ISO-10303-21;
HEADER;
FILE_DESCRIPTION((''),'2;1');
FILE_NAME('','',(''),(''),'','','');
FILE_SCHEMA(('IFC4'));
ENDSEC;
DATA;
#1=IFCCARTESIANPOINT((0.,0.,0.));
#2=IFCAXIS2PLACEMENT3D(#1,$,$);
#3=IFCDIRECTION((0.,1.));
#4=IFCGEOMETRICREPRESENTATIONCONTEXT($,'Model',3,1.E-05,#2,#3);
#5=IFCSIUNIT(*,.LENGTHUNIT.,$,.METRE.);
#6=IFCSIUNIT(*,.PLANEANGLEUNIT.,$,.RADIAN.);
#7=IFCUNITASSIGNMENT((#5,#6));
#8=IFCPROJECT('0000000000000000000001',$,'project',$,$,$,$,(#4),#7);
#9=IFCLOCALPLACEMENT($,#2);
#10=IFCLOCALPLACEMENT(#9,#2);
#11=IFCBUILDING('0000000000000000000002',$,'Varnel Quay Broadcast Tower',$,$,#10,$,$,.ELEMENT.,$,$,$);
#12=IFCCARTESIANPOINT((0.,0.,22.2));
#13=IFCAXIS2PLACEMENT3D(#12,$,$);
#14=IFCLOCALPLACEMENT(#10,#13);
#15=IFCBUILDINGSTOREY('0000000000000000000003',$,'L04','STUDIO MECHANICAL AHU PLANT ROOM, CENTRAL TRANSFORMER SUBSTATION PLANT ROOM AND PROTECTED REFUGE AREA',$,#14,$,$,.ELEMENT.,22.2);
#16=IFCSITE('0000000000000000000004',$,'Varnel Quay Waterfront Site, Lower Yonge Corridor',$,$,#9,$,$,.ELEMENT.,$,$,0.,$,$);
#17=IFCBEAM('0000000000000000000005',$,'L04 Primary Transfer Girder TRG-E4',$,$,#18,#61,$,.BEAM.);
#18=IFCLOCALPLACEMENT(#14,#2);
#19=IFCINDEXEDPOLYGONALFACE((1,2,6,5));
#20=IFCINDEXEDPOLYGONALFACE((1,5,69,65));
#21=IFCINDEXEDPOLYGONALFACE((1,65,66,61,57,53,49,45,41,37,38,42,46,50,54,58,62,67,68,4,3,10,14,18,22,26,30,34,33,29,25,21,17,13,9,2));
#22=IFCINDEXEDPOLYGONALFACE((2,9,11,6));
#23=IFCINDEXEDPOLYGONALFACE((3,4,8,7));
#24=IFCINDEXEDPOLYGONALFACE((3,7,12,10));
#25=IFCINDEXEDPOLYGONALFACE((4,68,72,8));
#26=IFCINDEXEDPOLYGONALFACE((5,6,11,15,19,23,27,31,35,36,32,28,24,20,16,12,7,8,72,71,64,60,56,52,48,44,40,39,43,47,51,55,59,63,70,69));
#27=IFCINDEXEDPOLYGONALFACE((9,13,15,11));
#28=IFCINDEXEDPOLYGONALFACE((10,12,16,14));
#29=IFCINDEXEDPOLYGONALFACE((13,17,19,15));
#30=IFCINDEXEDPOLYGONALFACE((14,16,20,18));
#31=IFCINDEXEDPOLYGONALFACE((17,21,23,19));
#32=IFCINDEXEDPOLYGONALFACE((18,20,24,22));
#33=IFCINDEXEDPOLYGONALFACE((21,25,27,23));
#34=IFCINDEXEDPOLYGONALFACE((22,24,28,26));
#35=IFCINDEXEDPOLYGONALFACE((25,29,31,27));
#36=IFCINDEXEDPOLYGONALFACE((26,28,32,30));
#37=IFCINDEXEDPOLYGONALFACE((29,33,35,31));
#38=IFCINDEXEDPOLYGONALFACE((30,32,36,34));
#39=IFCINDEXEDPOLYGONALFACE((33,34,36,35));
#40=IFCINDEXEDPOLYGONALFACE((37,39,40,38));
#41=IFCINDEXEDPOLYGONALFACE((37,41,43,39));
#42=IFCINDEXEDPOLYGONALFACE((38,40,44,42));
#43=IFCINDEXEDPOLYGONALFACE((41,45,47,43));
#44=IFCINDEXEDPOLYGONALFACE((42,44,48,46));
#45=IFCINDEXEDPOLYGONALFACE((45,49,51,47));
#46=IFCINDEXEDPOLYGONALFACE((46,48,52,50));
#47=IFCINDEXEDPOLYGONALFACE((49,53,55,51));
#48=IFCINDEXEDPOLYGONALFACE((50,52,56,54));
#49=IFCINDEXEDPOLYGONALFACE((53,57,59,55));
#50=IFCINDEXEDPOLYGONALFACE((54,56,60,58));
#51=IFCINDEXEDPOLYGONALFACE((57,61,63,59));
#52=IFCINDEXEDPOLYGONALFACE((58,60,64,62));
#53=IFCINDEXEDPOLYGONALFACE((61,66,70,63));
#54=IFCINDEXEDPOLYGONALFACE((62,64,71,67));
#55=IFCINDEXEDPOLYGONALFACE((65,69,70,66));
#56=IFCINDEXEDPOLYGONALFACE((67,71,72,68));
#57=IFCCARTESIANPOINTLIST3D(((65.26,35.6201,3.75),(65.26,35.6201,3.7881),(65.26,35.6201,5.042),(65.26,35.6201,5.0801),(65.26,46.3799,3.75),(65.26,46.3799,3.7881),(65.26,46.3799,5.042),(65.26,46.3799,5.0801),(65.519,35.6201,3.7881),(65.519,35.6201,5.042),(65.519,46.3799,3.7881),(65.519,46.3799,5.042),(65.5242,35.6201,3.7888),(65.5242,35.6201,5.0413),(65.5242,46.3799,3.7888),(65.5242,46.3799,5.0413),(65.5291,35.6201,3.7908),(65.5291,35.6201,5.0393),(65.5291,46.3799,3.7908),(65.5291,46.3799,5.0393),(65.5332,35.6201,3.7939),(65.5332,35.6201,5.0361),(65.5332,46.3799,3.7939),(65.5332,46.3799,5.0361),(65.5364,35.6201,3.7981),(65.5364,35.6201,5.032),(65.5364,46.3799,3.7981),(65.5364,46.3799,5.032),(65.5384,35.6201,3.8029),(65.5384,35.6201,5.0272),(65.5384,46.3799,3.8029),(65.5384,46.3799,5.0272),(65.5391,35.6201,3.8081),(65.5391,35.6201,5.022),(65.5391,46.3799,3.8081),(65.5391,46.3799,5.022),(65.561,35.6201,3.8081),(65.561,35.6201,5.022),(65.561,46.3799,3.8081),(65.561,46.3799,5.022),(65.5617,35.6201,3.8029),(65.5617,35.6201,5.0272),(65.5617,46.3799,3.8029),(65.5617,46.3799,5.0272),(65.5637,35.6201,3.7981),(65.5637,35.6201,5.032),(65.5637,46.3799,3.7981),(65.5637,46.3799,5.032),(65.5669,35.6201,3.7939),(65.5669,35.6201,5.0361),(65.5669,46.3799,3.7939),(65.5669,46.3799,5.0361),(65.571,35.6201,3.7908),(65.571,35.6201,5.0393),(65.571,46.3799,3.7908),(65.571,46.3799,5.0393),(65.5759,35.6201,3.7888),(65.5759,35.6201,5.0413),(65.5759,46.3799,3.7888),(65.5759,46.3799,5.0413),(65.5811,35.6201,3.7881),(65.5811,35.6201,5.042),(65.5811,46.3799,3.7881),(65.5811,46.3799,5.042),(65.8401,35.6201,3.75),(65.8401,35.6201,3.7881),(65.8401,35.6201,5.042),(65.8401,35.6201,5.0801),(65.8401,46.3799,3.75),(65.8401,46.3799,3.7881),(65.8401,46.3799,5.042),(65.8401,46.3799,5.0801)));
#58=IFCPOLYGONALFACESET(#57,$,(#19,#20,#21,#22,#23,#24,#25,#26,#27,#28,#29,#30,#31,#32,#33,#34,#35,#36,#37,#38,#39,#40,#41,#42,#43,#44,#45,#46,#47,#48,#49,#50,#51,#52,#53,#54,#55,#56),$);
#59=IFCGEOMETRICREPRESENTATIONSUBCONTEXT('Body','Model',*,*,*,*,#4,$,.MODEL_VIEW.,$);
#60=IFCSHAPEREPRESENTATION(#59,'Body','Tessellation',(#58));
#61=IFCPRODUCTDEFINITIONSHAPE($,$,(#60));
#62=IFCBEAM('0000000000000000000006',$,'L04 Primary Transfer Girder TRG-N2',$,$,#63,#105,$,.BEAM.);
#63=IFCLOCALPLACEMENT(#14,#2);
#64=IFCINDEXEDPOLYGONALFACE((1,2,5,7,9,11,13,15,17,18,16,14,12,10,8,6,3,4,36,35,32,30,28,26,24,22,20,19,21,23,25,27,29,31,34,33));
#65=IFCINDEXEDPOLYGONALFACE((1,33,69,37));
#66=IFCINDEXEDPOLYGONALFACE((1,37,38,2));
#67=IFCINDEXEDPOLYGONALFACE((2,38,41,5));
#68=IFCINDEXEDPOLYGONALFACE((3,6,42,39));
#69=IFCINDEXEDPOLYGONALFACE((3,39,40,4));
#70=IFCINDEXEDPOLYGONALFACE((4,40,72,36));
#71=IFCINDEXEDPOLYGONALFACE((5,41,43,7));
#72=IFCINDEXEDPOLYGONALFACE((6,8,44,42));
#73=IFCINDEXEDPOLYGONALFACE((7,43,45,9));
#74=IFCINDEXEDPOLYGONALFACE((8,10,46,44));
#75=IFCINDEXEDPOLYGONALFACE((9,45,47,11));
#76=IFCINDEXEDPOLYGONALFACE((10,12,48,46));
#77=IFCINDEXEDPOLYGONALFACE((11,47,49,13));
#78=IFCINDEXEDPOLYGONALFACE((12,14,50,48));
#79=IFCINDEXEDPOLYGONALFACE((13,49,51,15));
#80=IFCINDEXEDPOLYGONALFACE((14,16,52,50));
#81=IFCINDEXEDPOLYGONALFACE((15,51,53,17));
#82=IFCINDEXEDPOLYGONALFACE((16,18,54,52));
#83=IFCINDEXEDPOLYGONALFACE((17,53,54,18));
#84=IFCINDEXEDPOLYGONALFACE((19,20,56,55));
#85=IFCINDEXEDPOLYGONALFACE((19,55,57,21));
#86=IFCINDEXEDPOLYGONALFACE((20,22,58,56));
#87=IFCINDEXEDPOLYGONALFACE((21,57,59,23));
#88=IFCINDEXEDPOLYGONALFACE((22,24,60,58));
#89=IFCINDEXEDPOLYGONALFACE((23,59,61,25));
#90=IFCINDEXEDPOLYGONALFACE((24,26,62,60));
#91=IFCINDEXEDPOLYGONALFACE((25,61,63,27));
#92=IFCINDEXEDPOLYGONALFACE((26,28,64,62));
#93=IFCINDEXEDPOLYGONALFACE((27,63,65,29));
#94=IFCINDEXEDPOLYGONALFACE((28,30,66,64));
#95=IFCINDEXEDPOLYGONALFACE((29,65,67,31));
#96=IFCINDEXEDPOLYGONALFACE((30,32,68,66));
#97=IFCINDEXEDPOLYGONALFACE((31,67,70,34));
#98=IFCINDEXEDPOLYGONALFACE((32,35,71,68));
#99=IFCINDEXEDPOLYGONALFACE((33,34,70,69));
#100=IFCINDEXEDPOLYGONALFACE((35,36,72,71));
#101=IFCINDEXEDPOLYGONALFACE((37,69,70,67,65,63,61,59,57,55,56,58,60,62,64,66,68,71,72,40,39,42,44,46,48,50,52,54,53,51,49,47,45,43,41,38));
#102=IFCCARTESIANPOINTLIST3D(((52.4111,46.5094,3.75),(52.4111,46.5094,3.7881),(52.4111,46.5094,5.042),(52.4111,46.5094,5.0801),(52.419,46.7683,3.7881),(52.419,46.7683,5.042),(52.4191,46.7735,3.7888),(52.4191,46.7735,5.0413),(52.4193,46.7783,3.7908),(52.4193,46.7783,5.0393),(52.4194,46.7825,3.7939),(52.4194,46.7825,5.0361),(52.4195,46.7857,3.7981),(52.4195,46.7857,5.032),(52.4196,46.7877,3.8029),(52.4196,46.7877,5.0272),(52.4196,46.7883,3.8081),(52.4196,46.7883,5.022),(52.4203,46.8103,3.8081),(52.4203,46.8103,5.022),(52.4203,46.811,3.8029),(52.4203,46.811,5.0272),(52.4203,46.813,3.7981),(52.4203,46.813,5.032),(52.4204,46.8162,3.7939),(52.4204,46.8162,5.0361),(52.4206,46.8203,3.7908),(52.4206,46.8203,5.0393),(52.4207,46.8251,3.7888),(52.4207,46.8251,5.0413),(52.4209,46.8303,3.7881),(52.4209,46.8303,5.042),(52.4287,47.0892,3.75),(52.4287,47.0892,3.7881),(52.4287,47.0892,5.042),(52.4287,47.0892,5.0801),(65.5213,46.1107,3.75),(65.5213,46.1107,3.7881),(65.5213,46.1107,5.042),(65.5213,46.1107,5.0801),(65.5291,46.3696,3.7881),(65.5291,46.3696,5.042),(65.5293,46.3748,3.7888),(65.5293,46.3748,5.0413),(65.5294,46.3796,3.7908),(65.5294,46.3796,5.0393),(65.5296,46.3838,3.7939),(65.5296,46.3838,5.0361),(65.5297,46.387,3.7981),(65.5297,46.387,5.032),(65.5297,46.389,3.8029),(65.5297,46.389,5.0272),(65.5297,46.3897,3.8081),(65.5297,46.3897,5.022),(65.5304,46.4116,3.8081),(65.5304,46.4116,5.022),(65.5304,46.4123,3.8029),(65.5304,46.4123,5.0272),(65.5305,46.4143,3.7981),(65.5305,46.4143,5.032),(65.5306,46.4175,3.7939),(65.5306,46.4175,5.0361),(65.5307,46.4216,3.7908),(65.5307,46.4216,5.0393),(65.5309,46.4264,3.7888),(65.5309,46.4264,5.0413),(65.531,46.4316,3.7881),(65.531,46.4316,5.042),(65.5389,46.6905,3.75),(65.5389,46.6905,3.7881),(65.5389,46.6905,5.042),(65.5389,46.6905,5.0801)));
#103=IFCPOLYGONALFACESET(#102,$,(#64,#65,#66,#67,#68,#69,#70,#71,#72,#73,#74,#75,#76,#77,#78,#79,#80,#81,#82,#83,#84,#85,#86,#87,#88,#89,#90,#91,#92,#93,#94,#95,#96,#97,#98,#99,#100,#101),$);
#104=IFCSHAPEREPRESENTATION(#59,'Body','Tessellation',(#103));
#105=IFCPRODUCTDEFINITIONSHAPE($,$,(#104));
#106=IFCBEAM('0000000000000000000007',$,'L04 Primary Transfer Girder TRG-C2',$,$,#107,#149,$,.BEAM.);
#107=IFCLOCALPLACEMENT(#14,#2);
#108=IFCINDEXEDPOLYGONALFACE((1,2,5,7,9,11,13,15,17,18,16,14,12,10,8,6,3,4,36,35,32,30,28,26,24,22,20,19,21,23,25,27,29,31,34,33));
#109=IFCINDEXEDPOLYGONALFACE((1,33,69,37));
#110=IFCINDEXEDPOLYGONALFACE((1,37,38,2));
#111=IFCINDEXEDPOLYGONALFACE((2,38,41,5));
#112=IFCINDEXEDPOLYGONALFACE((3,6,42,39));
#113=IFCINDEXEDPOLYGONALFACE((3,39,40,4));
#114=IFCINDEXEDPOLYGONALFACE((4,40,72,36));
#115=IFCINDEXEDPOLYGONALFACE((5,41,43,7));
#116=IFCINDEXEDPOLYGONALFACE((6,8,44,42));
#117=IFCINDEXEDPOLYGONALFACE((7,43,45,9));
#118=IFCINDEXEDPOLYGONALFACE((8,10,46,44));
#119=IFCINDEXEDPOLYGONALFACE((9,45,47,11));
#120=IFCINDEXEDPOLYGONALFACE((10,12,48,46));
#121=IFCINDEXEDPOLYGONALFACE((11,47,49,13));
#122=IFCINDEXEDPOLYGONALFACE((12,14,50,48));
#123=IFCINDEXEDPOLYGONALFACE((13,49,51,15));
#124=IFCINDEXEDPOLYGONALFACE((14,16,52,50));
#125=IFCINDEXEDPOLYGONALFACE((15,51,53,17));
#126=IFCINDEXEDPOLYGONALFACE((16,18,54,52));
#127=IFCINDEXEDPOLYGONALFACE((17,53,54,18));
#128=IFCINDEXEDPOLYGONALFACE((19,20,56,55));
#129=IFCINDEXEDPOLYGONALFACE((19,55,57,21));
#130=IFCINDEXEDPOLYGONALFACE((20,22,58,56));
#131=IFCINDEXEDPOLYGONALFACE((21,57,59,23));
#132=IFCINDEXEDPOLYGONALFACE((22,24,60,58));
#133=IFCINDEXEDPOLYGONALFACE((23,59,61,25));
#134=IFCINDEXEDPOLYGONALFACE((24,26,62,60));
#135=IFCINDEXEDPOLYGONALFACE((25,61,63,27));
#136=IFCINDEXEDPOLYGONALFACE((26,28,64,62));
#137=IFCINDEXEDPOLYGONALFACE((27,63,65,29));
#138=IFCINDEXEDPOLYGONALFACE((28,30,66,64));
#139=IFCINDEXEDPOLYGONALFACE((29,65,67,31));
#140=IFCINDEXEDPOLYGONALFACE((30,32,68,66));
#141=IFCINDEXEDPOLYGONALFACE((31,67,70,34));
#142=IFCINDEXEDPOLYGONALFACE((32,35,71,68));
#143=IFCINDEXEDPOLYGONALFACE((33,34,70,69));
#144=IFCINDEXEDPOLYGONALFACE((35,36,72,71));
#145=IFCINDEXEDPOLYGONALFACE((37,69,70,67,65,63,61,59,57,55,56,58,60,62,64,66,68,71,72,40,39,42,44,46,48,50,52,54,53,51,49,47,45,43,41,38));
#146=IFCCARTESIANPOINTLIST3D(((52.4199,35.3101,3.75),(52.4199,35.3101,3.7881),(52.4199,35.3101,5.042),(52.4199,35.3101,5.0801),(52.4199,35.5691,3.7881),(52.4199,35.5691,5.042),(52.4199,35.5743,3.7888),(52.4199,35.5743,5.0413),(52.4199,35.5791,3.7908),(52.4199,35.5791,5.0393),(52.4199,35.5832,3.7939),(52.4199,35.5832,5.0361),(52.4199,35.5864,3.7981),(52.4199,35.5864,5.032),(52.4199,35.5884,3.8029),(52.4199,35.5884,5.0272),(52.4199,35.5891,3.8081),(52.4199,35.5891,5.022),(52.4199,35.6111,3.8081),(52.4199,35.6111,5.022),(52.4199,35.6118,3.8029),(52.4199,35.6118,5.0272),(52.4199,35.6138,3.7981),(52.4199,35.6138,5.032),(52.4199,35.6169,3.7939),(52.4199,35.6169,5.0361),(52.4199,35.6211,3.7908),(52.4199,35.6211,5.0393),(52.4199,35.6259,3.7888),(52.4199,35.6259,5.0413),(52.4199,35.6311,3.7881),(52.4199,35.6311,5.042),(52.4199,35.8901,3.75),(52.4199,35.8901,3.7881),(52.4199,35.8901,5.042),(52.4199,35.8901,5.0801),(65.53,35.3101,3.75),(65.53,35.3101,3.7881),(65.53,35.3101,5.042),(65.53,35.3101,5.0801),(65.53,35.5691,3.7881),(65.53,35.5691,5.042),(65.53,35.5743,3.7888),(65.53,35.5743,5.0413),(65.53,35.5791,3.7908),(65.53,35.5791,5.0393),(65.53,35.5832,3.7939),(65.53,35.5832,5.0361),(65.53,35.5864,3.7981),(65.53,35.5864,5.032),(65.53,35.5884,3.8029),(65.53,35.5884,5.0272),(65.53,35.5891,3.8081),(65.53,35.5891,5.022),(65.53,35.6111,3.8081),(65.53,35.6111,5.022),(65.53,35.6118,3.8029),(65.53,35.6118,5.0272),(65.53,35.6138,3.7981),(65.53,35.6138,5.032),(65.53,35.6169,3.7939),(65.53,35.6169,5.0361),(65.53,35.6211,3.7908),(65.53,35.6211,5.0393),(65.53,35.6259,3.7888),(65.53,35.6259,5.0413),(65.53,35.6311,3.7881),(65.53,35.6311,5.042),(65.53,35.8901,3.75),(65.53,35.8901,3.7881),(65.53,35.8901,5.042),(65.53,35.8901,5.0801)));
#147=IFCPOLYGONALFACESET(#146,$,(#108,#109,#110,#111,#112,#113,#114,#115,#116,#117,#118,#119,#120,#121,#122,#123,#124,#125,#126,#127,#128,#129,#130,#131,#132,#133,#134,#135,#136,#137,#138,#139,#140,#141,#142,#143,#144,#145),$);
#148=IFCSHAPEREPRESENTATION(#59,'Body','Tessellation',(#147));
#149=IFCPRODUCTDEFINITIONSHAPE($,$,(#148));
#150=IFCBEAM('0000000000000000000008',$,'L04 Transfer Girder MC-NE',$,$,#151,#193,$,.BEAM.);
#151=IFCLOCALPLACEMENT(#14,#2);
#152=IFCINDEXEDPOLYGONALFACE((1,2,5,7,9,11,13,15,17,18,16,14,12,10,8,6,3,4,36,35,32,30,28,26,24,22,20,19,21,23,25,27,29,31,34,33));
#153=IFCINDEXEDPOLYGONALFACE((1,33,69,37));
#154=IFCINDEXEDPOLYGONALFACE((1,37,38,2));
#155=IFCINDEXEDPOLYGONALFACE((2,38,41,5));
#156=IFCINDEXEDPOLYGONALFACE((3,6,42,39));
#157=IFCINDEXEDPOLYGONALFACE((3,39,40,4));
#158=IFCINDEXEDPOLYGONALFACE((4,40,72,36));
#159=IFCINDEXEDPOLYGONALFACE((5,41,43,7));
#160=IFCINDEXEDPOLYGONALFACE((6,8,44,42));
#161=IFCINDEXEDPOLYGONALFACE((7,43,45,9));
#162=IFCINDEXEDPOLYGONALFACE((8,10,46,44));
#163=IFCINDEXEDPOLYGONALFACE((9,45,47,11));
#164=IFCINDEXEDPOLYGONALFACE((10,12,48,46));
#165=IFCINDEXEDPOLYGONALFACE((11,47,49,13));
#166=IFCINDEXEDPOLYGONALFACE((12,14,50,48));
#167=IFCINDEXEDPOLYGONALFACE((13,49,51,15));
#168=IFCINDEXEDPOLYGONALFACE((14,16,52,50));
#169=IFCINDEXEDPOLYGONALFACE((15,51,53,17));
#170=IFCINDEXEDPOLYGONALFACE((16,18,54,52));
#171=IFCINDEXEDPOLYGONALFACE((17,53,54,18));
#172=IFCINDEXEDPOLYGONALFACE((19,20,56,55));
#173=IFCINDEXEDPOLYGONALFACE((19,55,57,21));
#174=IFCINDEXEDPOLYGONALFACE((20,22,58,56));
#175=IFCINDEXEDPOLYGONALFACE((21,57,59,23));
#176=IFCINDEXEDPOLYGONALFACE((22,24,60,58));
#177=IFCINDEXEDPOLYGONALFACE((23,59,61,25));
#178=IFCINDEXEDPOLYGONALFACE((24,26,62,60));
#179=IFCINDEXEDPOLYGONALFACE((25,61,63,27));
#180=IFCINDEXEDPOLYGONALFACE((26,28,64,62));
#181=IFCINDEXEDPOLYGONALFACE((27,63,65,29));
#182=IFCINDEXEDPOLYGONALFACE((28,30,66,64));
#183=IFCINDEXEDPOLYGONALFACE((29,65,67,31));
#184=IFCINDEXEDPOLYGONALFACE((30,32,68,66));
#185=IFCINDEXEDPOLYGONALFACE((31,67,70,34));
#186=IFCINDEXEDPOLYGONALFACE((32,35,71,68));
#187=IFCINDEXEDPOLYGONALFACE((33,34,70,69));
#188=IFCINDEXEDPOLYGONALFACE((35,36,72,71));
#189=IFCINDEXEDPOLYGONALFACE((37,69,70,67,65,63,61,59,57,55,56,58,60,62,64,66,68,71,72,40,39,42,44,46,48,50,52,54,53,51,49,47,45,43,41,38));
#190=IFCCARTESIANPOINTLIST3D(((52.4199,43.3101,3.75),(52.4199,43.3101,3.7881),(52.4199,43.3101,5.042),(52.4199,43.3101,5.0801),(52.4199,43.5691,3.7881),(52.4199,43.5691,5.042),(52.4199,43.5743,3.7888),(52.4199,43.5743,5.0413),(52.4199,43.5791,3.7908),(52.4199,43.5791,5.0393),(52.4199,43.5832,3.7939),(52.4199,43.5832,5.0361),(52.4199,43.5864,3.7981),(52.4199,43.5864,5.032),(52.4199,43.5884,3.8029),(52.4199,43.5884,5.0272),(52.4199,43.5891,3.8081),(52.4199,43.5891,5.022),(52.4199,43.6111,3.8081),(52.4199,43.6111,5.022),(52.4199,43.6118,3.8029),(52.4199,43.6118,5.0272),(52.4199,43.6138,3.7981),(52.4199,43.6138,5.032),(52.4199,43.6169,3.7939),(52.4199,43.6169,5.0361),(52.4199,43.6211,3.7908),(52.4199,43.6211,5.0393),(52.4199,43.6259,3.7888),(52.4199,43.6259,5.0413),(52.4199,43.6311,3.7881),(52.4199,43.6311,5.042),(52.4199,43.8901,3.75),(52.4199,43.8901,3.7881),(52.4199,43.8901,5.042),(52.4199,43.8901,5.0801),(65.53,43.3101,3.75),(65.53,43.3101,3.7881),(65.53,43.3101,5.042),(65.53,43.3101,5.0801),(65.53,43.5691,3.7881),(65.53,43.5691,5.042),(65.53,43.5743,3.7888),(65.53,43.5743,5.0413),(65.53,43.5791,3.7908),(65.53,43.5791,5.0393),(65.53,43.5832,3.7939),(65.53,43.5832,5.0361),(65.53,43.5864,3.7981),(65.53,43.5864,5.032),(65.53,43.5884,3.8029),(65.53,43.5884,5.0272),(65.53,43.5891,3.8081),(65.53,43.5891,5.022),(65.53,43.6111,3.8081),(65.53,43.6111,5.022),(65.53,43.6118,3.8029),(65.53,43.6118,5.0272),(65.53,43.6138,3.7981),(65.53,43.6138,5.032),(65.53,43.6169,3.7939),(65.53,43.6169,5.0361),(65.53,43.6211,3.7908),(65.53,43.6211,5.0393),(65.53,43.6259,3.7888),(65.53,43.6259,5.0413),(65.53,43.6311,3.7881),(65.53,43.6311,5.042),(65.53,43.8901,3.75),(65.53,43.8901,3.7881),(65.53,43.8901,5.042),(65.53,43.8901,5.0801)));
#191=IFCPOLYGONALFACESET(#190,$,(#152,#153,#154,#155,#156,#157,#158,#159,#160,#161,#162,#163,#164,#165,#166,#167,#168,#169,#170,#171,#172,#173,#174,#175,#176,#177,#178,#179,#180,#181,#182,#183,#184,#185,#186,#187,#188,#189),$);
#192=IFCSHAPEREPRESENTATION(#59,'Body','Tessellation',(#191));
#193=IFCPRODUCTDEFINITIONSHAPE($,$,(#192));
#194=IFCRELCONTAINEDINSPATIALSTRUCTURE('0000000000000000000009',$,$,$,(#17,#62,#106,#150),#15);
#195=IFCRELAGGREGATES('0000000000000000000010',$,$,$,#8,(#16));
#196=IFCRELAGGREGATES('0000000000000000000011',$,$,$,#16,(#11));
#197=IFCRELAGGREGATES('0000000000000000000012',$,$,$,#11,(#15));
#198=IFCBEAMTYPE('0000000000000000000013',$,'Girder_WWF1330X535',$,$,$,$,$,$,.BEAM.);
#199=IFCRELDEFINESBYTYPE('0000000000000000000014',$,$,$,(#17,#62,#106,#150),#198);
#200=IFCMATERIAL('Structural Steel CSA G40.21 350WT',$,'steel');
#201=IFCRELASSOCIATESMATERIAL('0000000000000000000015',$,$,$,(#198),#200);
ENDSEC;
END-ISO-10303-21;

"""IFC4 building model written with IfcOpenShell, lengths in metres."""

from ifc_helpers import new_model, si_unit, direction, frame, origin, origin_2d, place, context, subcontext, project, spatial, i_section, extrude, source, transform, mapped, material, material_profile, profile_set, type_object, element, save


model = new_model("IFC4")

# Units and contexts
model_context = context("Model", 3, precision=1e-05, world=origin(), true_north=direction((0.0, 1.0)))
body_context = subcontext(model_context, "Body", "Model", "MODEL_VIEW")
ifc_project = project(units=[si_unit("LENGTHUNIT", "METRE"), si_unit("PLANEANGLEUNIT", "RADIAN")], contexts=[model_context])

# Site, building, storey
site_placement = place(None, origin())
site = spatial("IfcSite", under=ifc_project, at=site_placement, Name="Varnel Quay Waterfront Site, Lower Yonge Corridor", CompositionType="ELEMENT", RefElevation=0.0)
building_placement = place(site_placement, origin())
building = spatial("IfcBuilding", under=site, at=building_placement, Name="Varnel Quay Broadcast Tower", CompositionType="ELEMENT")
storey_placement = place(building_placement, frame((0.0, 0.0, 22.2)))
storey = spatial("IfcBuildingStorey", under=building, at=storey_placement, Name="L04", Description="STUDIO MECHANICAL AHU PLANT ROOM, CENTRAL TRANSFORMER SUBSTATION PLANT ROOM AND PROTECTED REFUGE AREA", CompositionType="ELEMENT", Elevation=22.2)

# Shared definitions
ifc_material_1 = material(Name="Structural Steel CSA G40.21 350WT", Category="steel")

# Beams
ifc_material_profile_1 = material_profile(ifc_material_1, i_section(OverallWidth=0.5801, OverallDepth=1.3301, WebThickness=0.022, FlangeThickness=0.0381, FilletRadius=0.02, at=origin_2d()), Name="WWF1330X535")
ifc_profile_set_1 = profile_set([ifc_material_profile_1], Name="Structural Steel CSA G40.21 350WT")
beam_type = type_object("IfcBeamType", Name="Girder_WWF1330X535", PredefinedType="BEAM", material=ifc_profile_set_1)
shared_shape_1 = source(origin(), body_context, "Body", "SweptSolid", [
    extrude(i_section(OverallWidth=0.5801, OverallDepth=1.3301, WebThickness=0.022, FlangeThickness=0.0381, FilletRadius=0.02, at=origin_2d()), origin(), (0.0, 0.0, 1.0), 10.7598),
])
beam_1_placement = place(storey_placement, frame((65.55, 35.6201, 4.415), z_axis=(0.0, 1.0, 0.0), x_axis=(-1.0, 0.0, 0.0)))
element("IfcBeam", 1, at=beam_1_placement, inside=storey, type_object=beam_type, Name="L04 Primary Transfer Girder TRG-E4", PredefinedType="BEAM", context=body_context, shape_type="MappedRepresentation", body=[
    mapped(shared_shape_1, transform((0.0, 0.0, 0.0), x_axis=(1.0, 0.0, 0.0), y_axis=(0.0, 1.0, 0.0), z_axis=(0.0, 0.0, 1.0), scale=1.0)),
])
shared_shape_2 = source(origin(), body_context, "Body", "SweptSolid", [
    extrude(i_section(OverallWidth=0.5801, OverallDepth=1.3301, WebThickness=0.022, FlangeThickness=0.0381, FilletRadius=0.02, at=origin_2d()), origin(), (0.0, 0.0, 1.0), 13.1162),
])
beam_2_placement = place(storey_placement, frame((52.4199, 46.7993, 4.415), z_axis=(0.999538, -0.030396, 0.0), x_axis=(0.030396, 0.999538, 0.0)))
element("IfcBeam", 2, at=beam_2_placement, inside=storey, type_object=beam_type, Name="L04 Primary Transfer Girder TRG-N2", PredefinedType="BEAM", context=body_context, shape_type="MappedRepresentation", body=[
    mapped(shared_shape_2, transform((0.0, 0.0, 0.0), x_axis=(1.0, 0.0, 0.0), y_axis=(0.0, 1.0, 0.0), z_axis=(0.0, 0.0, 1.0), scale=1.0)),
])
shared_shape_3 = source(origin(), body_context, "Body", "SweptSolid", [
    extrude(i_section(OverallWidth=0.5801, OverallDepth=1.3301, WebThickness=0.022, FlangeThickness=0.0381, FilletRadius=0.02, at=origin_2d()), origin(), (0.0, 0.0, 1.0), 13.1101),
])
for number, where, z_axis, x_axis, name in (
    (3, (52.4199, 35.6001, 4.415), (1.0, 0.0, 0.0), (0.0, 1.0, 0.0), "L04 Primary Transfer Girder TRG-C2"),
    (4, (52.4199, 43.6001, 4.415), (1.0, 0.0, 0.0), (0.0, 1.0, 0.0), "L04 Transfer Girder MC-NE"),
):
    element("IfcBeam", number, at=place(storey_placement, frame(where, z_axis=z_axis, x_axis=x_axis)), inside=storey, type_object=beam_type, Name=name, PredefinedType="BEAM", context=body_context, shape_type="MappedRepresentation", body=[
        mapped(shared_shape_3, transform((0.0, 0.0, 0.0), x_axis=(1.0, 0.0, 0.0), y_axis=(0.0, 1.0, 0.0), z_axis=(0.0, 0.0, 1.0), scale=1.0)),
    ])

save(model, "model.ifc")
